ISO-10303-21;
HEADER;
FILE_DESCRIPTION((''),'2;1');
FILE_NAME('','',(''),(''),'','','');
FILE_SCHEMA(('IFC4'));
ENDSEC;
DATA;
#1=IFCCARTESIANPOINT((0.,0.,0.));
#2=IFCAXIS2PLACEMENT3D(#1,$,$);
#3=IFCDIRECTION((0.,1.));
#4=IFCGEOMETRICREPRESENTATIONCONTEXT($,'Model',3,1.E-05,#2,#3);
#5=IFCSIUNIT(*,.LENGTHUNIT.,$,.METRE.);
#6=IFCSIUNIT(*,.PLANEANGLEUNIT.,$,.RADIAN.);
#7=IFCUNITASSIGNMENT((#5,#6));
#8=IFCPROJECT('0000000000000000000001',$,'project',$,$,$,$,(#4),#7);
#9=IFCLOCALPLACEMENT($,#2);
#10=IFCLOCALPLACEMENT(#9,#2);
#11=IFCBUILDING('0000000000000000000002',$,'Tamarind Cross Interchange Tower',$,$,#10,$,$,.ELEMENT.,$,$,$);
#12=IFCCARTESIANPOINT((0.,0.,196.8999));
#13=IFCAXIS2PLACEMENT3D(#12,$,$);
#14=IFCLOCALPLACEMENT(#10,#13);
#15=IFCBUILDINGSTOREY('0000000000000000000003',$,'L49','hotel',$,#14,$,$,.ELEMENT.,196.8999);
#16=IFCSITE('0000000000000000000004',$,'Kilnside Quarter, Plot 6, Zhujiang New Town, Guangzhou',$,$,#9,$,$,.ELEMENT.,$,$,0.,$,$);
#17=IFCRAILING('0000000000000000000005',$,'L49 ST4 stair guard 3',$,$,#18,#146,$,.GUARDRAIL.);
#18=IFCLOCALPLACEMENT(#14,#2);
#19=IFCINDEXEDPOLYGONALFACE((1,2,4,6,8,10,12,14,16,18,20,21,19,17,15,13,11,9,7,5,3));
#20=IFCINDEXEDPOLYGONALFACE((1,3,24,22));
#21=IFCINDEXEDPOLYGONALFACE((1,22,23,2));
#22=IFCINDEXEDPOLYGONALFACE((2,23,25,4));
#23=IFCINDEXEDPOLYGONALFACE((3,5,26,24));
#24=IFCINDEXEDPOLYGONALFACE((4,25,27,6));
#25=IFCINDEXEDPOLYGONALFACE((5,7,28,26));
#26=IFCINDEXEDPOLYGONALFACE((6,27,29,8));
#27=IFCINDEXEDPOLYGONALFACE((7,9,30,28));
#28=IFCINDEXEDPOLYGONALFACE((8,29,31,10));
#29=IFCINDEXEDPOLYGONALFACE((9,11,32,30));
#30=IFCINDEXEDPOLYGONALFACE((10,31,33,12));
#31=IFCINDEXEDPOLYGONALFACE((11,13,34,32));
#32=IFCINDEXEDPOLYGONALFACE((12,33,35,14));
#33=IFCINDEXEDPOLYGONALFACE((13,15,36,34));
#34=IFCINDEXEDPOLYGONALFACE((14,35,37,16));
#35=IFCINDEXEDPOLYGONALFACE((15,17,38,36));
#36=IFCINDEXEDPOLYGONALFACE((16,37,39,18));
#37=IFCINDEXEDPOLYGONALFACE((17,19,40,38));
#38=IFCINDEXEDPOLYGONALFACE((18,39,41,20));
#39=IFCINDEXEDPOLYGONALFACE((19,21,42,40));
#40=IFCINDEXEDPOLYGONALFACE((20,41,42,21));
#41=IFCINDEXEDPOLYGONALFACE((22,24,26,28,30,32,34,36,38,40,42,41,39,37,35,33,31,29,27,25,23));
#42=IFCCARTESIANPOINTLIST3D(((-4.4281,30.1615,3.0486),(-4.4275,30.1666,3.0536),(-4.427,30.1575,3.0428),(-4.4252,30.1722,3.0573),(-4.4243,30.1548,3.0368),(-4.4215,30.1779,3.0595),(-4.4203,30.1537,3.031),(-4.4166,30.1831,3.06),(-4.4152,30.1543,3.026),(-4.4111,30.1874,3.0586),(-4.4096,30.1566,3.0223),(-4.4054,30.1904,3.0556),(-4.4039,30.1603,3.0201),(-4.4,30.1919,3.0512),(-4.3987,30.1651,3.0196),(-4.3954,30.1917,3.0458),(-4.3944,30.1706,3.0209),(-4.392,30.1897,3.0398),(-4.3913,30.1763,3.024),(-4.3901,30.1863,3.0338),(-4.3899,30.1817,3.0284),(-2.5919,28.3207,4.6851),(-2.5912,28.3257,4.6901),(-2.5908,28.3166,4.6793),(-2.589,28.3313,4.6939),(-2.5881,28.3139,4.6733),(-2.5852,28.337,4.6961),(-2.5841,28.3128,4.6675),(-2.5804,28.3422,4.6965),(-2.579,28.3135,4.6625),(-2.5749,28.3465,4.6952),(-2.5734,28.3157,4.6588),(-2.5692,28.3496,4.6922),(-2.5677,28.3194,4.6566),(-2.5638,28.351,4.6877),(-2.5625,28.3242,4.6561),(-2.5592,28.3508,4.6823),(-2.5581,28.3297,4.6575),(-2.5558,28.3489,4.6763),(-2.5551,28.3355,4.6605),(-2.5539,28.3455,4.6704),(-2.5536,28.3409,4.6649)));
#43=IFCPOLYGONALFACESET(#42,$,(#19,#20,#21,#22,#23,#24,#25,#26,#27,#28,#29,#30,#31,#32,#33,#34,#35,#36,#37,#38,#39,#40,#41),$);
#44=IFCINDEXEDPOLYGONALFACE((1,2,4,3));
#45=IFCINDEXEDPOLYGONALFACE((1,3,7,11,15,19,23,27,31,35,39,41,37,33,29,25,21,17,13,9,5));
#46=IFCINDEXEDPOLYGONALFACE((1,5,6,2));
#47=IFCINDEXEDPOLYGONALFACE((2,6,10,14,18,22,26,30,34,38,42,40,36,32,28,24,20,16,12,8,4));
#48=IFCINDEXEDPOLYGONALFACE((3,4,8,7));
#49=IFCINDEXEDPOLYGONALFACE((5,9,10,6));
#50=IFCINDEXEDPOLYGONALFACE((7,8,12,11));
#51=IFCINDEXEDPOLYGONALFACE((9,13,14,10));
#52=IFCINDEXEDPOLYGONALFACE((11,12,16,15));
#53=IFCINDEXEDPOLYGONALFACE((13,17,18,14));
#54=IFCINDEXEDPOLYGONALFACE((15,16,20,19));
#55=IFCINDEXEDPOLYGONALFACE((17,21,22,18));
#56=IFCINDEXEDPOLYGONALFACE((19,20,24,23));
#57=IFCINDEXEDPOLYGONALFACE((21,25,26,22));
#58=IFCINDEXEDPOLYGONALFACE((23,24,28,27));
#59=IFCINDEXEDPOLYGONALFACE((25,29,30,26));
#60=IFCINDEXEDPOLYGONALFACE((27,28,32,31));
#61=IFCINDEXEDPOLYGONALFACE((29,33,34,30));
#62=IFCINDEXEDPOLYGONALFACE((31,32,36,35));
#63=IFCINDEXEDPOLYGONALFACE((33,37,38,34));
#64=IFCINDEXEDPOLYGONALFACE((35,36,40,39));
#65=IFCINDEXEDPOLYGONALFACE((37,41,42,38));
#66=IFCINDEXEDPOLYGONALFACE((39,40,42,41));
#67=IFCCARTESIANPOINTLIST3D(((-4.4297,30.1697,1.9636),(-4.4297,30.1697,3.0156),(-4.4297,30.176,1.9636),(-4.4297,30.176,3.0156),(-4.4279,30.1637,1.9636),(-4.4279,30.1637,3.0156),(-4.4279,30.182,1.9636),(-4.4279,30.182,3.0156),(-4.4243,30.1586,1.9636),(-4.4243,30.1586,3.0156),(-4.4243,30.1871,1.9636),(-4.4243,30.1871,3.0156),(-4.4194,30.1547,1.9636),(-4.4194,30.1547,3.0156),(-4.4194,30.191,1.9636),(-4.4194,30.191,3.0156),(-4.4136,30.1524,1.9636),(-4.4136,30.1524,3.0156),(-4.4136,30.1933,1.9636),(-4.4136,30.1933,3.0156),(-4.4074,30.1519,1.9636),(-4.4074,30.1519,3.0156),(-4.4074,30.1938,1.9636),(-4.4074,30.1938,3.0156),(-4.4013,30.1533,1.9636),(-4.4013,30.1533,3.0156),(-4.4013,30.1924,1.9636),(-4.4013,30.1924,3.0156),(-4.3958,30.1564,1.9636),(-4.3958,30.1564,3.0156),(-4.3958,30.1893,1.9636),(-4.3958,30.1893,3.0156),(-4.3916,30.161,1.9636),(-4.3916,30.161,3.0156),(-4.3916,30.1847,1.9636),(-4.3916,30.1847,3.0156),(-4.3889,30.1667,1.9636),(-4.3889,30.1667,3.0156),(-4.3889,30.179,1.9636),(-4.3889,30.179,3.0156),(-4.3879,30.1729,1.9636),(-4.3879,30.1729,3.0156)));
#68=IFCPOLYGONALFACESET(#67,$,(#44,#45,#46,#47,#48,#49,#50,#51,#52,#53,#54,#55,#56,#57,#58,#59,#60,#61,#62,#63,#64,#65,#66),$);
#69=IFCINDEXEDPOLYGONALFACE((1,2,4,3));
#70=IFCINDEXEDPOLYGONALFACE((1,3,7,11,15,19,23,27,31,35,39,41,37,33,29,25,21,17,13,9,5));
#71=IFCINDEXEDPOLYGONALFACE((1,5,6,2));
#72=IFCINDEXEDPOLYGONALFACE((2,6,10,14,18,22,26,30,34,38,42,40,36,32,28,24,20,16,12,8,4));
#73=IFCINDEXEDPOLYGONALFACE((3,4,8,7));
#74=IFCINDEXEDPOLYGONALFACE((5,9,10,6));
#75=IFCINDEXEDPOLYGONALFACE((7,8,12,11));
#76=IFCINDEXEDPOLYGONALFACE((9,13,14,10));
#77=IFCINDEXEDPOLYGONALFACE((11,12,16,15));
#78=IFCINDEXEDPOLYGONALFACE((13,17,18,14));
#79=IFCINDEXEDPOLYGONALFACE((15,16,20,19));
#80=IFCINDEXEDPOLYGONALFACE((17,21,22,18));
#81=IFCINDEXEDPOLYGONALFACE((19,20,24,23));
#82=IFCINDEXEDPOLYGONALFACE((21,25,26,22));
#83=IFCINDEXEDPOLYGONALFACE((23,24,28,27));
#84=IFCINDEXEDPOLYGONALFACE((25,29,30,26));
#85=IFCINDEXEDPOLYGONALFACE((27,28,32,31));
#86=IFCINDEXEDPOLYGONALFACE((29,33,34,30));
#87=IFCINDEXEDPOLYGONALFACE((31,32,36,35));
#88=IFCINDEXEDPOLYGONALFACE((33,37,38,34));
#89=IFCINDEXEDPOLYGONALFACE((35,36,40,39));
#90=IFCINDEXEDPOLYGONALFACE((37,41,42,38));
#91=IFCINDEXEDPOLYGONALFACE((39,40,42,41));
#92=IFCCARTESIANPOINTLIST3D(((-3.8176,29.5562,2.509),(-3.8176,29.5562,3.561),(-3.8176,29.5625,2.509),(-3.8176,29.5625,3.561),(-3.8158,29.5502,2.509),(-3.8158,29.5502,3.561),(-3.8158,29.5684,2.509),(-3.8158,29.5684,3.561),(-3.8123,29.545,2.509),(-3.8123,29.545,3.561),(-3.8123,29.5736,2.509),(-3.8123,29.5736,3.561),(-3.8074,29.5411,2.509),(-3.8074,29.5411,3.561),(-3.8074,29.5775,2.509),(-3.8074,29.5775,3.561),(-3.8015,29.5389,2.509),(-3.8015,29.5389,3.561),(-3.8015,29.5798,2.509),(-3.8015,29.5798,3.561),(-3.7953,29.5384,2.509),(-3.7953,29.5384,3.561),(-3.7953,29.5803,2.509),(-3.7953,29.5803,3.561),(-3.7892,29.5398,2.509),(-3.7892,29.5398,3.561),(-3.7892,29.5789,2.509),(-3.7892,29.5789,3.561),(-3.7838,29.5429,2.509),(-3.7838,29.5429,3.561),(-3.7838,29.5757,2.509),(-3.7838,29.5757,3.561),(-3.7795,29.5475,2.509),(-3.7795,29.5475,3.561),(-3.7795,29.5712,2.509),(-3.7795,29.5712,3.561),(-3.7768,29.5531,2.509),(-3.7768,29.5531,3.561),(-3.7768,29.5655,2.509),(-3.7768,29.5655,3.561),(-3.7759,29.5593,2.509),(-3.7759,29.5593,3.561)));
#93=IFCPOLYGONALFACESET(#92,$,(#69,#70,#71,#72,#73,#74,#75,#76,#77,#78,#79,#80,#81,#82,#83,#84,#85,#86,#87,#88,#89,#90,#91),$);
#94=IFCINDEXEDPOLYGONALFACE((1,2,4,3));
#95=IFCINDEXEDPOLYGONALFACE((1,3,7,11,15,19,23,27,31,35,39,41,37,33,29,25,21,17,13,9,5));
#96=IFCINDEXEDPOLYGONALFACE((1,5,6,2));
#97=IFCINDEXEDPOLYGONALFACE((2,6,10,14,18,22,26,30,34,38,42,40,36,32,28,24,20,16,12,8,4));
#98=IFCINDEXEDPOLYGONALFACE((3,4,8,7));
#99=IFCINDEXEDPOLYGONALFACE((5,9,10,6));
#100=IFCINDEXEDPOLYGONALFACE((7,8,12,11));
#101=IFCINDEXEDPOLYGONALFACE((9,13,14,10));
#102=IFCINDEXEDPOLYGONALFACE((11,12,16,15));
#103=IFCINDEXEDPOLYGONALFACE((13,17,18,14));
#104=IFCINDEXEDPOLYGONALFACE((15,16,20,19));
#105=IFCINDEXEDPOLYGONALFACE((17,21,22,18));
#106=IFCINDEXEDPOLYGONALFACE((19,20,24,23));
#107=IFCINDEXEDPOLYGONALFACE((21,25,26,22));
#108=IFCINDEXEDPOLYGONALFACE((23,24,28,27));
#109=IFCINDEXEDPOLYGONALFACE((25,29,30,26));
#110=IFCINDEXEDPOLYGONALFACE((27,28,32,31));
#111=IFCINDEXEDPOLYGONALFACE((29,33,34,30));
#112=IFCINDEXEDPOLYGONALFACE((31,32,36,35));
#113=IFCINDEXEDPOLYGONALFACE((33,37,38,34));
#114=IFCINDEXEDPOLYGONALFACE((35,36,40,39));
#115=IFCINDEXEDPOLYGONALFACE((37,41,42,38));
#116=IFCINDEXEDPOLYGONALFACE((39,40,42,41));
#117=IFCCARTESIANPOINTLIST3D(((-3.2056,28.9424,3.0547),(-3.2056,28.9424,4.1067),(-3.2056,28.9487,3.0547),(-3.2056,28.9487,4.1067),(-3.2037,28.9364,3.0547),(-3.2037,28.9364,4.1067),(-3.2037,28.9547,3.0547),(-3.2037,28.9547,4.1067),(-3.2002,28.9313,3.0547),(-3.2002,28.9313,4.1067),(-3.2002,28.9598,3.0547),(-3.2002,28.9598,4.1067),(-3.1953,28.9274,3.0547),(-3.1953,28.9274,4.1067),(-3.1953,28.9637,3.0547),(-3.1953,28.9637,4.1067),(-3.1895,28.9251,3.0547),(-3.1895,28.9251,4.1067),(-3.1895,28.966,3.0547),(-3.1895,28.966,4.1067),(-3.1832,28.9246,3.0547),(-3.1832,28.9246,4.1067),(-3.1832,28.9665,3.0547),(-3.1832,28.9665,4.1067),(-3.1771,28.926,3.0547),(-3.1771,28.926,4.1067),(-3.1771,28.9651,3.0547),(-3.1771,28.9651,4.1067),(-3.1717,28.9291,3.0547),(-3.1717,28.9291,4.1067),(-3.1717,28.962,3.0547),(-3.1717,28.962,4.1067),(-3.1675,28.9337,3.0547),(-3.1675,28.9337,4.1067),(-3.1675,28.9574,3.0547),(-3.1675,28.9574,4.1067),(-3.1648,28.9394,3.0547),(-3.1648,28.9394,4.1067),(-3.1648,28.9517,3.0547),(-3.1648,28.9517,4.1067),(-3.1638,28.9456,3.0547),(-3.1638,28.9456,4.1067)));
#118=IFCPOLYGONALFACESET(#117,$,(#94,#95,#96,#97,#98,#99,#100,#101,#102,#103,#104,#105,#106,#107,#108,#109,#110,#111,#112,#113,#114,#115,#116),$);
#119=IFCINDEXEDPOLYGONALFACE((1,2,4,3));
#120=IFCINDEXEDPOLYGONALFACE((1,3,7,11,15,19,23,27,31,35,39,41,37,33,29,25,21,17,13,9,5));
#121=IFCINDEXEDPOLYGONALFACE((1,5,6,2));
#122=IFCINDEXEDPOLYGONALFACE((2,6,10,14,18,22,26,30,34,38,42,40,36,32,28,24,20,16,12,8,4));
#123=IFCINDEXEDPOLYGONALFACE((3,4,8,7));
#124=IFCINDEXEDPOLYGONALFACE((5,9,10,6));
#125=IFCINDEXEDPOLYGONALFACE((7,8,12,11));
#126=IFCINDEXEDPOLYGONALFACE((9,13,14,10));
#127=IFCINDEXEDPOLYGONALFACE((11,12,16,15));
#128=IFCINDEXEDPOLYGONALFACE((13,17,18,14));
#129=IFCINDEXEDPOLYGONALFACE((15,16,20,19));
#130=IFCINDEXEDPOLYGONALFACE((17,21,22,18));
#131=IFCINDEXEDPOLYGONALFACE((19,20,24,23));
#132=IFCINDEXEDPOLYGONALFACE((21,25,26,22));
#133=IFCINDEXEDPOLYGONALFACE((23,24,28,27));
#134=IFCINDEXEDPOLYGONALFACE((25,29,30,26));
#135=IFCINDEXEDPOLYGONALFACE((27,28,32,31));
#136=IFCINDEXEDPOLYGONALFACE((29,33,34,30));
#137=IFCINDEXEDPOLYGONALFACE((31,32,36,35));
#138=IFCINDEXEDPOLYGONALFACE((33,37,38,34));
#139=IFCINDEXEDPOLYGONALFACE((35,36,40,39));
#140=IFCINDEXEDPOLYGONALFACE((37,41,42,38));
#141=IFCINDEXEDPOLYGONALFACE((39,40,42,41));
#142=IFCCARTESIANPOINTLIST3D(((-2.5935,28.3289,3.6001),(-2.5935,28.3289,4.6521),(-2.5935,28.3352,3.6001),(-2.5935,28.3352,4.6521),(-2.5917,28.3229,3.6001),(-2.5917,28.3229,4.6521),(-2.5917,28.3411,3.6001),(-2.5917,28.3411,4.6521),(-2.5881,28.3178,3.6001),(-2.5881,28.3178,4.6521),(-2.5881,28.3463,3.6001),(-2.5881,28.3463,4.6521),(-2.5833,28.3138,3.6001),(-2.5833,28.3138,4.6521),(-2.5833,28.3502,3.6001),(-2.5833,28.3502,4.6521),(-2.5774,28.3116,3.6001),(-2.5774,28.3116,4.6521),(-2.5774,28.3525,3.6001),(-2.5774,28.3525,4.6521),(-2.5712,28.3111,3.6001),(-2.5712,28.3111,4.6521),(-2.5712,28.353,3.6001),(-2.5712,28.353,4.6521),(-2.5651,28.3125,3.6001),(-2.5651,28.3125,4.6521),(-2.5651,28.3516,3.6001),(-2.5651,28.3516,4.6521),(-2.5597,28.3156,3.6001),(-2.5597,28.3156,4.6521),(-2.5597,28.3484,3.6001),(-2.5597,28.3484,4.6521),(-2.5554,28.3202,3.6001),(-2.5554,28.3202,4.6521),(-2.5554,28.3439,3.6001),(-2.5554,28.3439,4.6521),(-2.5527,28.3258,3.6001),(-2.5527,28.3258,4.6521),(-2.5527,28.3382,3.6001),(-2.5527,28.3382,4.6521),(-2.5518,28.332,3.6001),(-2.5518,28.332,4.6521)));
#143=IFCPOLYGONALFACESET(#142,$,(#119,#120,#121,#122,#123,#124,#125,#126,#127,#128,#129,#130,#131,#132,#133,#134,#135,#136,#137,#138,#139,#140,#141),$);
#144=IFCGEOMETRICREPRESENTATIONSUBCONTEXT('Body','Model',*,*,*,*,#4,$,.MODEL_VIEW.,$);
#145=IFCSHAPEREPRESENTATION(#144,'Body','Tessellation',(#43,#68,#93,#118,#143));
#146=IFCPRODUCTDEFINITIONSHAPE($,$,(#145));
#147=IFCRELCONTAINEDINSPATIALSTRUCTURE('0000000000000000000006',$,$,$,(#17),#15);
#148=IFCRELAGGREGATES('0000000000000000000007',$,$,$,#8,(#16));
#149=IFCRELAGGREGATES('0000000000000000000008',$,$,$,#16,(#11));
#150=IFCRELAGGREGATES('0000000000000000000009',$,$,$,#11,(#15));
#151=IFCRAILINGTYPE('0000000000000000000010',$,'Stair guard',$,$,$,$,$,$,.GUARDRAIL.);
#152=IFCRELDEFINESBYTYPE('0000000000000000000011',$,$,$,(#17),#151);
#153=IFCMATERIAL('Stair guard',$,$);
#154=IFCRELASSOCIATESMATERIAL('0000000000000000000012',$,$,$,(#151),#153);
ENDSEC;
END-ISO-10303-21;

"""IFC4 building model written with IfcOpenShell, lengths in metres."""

from ifc_helpers import new_model, si_unit, direction, frame, origin, origin_2d, place, context, subcontext, project, spatial, circle, extrude, material, type_object, element, save


model = new_model("IFC4")

# Units and contexts
model_context = context("Model", 3, precision=1e-05, world=origin(), true_north=direction((0.0, 1.0)))
body_context = subcontext(model_context, "Body", "Model", "MODEL_VIEW")
ifc_project = project(units=[si_unit("LENGTHUNIT", "METRE"), si_unit("PLANEANGLEUNIT", "RADIAN")], contexts=[model_context])

# Site, building, storey
site_placement = place(None, origin())
site = spatial("IfcSite", under=ifc_project, at=site_placement, Name="Kilnside Quarter, Plot 6, Zhujiang New Town, Guangzhou", CompositionType="ELEMENT", RefElevation=0.0)
building_placement = place(site_placement, origin())
building = spatial("IfcBuilding", under=site, at=building_placement, Name="Tamarind Cross Interchange Tower", CompositionType="ELEMENT")
storey_placement = place(building_placement, frame((0.0, 0.0, 196.8999)))
storey = spatial("IfcBuildingStorey", under=building, at=storey_placement, Name="L49", Description="hotel", CompositionType="ELEMENT", Elevation=196.8999)

# Railing
ifc_material_1 = material(Name="Stair guard")
railing_type_1 = type_object("IfcRailingType", Name="Stair guard", PredefinedType="GUARDRAIL", material=ifc_material_1)
railing_1_placement = place(storey_placement, frame((-4.4089, 30.1729, 1.9636)))
element("IfcRailing", 1, at=railing_1_placement, inside=storey, type_object=railing_type_1, Name="L49 ST4 stair guard 3", PredefinedType="GUARDRAIL", context=body_context, shape_type="SweptSolid", body=[
    extrude(circle(Radius=0.0239, at=origin_2d()), frame((0.0, 0.0, 1.0762), z_axis=(0.597682, -0.599192, 0.532677), x_axis=(0.707998, 0.706214, 0.0)), (0.0, 0.0, 1.0), 3.0723),
    extrude(circle(Radius=0.021, at=origin_2d()), origin(), (0.0, 0.0, 1.0), 1.052),
    extrude(circle(Radius=0.021, at=origin_2d()), frame((0.6121, -0.6135, 0.5454)), (0.0, 0.0, 1.0), 1.052),
    extrude(circle(Radius=0.021, at=origin_2d()), frame((1.2241, -1.2273, 1.0911)), (0.0, 0.0, 1.0), 1.052),
    extrude(circle(Radius=0.021, at=origin_2d()), frame((1.8362, -1.8408, 1.6365)), (0.0, 0.0, 1.0), 1.052),
])

save(model, "model.ifc")
